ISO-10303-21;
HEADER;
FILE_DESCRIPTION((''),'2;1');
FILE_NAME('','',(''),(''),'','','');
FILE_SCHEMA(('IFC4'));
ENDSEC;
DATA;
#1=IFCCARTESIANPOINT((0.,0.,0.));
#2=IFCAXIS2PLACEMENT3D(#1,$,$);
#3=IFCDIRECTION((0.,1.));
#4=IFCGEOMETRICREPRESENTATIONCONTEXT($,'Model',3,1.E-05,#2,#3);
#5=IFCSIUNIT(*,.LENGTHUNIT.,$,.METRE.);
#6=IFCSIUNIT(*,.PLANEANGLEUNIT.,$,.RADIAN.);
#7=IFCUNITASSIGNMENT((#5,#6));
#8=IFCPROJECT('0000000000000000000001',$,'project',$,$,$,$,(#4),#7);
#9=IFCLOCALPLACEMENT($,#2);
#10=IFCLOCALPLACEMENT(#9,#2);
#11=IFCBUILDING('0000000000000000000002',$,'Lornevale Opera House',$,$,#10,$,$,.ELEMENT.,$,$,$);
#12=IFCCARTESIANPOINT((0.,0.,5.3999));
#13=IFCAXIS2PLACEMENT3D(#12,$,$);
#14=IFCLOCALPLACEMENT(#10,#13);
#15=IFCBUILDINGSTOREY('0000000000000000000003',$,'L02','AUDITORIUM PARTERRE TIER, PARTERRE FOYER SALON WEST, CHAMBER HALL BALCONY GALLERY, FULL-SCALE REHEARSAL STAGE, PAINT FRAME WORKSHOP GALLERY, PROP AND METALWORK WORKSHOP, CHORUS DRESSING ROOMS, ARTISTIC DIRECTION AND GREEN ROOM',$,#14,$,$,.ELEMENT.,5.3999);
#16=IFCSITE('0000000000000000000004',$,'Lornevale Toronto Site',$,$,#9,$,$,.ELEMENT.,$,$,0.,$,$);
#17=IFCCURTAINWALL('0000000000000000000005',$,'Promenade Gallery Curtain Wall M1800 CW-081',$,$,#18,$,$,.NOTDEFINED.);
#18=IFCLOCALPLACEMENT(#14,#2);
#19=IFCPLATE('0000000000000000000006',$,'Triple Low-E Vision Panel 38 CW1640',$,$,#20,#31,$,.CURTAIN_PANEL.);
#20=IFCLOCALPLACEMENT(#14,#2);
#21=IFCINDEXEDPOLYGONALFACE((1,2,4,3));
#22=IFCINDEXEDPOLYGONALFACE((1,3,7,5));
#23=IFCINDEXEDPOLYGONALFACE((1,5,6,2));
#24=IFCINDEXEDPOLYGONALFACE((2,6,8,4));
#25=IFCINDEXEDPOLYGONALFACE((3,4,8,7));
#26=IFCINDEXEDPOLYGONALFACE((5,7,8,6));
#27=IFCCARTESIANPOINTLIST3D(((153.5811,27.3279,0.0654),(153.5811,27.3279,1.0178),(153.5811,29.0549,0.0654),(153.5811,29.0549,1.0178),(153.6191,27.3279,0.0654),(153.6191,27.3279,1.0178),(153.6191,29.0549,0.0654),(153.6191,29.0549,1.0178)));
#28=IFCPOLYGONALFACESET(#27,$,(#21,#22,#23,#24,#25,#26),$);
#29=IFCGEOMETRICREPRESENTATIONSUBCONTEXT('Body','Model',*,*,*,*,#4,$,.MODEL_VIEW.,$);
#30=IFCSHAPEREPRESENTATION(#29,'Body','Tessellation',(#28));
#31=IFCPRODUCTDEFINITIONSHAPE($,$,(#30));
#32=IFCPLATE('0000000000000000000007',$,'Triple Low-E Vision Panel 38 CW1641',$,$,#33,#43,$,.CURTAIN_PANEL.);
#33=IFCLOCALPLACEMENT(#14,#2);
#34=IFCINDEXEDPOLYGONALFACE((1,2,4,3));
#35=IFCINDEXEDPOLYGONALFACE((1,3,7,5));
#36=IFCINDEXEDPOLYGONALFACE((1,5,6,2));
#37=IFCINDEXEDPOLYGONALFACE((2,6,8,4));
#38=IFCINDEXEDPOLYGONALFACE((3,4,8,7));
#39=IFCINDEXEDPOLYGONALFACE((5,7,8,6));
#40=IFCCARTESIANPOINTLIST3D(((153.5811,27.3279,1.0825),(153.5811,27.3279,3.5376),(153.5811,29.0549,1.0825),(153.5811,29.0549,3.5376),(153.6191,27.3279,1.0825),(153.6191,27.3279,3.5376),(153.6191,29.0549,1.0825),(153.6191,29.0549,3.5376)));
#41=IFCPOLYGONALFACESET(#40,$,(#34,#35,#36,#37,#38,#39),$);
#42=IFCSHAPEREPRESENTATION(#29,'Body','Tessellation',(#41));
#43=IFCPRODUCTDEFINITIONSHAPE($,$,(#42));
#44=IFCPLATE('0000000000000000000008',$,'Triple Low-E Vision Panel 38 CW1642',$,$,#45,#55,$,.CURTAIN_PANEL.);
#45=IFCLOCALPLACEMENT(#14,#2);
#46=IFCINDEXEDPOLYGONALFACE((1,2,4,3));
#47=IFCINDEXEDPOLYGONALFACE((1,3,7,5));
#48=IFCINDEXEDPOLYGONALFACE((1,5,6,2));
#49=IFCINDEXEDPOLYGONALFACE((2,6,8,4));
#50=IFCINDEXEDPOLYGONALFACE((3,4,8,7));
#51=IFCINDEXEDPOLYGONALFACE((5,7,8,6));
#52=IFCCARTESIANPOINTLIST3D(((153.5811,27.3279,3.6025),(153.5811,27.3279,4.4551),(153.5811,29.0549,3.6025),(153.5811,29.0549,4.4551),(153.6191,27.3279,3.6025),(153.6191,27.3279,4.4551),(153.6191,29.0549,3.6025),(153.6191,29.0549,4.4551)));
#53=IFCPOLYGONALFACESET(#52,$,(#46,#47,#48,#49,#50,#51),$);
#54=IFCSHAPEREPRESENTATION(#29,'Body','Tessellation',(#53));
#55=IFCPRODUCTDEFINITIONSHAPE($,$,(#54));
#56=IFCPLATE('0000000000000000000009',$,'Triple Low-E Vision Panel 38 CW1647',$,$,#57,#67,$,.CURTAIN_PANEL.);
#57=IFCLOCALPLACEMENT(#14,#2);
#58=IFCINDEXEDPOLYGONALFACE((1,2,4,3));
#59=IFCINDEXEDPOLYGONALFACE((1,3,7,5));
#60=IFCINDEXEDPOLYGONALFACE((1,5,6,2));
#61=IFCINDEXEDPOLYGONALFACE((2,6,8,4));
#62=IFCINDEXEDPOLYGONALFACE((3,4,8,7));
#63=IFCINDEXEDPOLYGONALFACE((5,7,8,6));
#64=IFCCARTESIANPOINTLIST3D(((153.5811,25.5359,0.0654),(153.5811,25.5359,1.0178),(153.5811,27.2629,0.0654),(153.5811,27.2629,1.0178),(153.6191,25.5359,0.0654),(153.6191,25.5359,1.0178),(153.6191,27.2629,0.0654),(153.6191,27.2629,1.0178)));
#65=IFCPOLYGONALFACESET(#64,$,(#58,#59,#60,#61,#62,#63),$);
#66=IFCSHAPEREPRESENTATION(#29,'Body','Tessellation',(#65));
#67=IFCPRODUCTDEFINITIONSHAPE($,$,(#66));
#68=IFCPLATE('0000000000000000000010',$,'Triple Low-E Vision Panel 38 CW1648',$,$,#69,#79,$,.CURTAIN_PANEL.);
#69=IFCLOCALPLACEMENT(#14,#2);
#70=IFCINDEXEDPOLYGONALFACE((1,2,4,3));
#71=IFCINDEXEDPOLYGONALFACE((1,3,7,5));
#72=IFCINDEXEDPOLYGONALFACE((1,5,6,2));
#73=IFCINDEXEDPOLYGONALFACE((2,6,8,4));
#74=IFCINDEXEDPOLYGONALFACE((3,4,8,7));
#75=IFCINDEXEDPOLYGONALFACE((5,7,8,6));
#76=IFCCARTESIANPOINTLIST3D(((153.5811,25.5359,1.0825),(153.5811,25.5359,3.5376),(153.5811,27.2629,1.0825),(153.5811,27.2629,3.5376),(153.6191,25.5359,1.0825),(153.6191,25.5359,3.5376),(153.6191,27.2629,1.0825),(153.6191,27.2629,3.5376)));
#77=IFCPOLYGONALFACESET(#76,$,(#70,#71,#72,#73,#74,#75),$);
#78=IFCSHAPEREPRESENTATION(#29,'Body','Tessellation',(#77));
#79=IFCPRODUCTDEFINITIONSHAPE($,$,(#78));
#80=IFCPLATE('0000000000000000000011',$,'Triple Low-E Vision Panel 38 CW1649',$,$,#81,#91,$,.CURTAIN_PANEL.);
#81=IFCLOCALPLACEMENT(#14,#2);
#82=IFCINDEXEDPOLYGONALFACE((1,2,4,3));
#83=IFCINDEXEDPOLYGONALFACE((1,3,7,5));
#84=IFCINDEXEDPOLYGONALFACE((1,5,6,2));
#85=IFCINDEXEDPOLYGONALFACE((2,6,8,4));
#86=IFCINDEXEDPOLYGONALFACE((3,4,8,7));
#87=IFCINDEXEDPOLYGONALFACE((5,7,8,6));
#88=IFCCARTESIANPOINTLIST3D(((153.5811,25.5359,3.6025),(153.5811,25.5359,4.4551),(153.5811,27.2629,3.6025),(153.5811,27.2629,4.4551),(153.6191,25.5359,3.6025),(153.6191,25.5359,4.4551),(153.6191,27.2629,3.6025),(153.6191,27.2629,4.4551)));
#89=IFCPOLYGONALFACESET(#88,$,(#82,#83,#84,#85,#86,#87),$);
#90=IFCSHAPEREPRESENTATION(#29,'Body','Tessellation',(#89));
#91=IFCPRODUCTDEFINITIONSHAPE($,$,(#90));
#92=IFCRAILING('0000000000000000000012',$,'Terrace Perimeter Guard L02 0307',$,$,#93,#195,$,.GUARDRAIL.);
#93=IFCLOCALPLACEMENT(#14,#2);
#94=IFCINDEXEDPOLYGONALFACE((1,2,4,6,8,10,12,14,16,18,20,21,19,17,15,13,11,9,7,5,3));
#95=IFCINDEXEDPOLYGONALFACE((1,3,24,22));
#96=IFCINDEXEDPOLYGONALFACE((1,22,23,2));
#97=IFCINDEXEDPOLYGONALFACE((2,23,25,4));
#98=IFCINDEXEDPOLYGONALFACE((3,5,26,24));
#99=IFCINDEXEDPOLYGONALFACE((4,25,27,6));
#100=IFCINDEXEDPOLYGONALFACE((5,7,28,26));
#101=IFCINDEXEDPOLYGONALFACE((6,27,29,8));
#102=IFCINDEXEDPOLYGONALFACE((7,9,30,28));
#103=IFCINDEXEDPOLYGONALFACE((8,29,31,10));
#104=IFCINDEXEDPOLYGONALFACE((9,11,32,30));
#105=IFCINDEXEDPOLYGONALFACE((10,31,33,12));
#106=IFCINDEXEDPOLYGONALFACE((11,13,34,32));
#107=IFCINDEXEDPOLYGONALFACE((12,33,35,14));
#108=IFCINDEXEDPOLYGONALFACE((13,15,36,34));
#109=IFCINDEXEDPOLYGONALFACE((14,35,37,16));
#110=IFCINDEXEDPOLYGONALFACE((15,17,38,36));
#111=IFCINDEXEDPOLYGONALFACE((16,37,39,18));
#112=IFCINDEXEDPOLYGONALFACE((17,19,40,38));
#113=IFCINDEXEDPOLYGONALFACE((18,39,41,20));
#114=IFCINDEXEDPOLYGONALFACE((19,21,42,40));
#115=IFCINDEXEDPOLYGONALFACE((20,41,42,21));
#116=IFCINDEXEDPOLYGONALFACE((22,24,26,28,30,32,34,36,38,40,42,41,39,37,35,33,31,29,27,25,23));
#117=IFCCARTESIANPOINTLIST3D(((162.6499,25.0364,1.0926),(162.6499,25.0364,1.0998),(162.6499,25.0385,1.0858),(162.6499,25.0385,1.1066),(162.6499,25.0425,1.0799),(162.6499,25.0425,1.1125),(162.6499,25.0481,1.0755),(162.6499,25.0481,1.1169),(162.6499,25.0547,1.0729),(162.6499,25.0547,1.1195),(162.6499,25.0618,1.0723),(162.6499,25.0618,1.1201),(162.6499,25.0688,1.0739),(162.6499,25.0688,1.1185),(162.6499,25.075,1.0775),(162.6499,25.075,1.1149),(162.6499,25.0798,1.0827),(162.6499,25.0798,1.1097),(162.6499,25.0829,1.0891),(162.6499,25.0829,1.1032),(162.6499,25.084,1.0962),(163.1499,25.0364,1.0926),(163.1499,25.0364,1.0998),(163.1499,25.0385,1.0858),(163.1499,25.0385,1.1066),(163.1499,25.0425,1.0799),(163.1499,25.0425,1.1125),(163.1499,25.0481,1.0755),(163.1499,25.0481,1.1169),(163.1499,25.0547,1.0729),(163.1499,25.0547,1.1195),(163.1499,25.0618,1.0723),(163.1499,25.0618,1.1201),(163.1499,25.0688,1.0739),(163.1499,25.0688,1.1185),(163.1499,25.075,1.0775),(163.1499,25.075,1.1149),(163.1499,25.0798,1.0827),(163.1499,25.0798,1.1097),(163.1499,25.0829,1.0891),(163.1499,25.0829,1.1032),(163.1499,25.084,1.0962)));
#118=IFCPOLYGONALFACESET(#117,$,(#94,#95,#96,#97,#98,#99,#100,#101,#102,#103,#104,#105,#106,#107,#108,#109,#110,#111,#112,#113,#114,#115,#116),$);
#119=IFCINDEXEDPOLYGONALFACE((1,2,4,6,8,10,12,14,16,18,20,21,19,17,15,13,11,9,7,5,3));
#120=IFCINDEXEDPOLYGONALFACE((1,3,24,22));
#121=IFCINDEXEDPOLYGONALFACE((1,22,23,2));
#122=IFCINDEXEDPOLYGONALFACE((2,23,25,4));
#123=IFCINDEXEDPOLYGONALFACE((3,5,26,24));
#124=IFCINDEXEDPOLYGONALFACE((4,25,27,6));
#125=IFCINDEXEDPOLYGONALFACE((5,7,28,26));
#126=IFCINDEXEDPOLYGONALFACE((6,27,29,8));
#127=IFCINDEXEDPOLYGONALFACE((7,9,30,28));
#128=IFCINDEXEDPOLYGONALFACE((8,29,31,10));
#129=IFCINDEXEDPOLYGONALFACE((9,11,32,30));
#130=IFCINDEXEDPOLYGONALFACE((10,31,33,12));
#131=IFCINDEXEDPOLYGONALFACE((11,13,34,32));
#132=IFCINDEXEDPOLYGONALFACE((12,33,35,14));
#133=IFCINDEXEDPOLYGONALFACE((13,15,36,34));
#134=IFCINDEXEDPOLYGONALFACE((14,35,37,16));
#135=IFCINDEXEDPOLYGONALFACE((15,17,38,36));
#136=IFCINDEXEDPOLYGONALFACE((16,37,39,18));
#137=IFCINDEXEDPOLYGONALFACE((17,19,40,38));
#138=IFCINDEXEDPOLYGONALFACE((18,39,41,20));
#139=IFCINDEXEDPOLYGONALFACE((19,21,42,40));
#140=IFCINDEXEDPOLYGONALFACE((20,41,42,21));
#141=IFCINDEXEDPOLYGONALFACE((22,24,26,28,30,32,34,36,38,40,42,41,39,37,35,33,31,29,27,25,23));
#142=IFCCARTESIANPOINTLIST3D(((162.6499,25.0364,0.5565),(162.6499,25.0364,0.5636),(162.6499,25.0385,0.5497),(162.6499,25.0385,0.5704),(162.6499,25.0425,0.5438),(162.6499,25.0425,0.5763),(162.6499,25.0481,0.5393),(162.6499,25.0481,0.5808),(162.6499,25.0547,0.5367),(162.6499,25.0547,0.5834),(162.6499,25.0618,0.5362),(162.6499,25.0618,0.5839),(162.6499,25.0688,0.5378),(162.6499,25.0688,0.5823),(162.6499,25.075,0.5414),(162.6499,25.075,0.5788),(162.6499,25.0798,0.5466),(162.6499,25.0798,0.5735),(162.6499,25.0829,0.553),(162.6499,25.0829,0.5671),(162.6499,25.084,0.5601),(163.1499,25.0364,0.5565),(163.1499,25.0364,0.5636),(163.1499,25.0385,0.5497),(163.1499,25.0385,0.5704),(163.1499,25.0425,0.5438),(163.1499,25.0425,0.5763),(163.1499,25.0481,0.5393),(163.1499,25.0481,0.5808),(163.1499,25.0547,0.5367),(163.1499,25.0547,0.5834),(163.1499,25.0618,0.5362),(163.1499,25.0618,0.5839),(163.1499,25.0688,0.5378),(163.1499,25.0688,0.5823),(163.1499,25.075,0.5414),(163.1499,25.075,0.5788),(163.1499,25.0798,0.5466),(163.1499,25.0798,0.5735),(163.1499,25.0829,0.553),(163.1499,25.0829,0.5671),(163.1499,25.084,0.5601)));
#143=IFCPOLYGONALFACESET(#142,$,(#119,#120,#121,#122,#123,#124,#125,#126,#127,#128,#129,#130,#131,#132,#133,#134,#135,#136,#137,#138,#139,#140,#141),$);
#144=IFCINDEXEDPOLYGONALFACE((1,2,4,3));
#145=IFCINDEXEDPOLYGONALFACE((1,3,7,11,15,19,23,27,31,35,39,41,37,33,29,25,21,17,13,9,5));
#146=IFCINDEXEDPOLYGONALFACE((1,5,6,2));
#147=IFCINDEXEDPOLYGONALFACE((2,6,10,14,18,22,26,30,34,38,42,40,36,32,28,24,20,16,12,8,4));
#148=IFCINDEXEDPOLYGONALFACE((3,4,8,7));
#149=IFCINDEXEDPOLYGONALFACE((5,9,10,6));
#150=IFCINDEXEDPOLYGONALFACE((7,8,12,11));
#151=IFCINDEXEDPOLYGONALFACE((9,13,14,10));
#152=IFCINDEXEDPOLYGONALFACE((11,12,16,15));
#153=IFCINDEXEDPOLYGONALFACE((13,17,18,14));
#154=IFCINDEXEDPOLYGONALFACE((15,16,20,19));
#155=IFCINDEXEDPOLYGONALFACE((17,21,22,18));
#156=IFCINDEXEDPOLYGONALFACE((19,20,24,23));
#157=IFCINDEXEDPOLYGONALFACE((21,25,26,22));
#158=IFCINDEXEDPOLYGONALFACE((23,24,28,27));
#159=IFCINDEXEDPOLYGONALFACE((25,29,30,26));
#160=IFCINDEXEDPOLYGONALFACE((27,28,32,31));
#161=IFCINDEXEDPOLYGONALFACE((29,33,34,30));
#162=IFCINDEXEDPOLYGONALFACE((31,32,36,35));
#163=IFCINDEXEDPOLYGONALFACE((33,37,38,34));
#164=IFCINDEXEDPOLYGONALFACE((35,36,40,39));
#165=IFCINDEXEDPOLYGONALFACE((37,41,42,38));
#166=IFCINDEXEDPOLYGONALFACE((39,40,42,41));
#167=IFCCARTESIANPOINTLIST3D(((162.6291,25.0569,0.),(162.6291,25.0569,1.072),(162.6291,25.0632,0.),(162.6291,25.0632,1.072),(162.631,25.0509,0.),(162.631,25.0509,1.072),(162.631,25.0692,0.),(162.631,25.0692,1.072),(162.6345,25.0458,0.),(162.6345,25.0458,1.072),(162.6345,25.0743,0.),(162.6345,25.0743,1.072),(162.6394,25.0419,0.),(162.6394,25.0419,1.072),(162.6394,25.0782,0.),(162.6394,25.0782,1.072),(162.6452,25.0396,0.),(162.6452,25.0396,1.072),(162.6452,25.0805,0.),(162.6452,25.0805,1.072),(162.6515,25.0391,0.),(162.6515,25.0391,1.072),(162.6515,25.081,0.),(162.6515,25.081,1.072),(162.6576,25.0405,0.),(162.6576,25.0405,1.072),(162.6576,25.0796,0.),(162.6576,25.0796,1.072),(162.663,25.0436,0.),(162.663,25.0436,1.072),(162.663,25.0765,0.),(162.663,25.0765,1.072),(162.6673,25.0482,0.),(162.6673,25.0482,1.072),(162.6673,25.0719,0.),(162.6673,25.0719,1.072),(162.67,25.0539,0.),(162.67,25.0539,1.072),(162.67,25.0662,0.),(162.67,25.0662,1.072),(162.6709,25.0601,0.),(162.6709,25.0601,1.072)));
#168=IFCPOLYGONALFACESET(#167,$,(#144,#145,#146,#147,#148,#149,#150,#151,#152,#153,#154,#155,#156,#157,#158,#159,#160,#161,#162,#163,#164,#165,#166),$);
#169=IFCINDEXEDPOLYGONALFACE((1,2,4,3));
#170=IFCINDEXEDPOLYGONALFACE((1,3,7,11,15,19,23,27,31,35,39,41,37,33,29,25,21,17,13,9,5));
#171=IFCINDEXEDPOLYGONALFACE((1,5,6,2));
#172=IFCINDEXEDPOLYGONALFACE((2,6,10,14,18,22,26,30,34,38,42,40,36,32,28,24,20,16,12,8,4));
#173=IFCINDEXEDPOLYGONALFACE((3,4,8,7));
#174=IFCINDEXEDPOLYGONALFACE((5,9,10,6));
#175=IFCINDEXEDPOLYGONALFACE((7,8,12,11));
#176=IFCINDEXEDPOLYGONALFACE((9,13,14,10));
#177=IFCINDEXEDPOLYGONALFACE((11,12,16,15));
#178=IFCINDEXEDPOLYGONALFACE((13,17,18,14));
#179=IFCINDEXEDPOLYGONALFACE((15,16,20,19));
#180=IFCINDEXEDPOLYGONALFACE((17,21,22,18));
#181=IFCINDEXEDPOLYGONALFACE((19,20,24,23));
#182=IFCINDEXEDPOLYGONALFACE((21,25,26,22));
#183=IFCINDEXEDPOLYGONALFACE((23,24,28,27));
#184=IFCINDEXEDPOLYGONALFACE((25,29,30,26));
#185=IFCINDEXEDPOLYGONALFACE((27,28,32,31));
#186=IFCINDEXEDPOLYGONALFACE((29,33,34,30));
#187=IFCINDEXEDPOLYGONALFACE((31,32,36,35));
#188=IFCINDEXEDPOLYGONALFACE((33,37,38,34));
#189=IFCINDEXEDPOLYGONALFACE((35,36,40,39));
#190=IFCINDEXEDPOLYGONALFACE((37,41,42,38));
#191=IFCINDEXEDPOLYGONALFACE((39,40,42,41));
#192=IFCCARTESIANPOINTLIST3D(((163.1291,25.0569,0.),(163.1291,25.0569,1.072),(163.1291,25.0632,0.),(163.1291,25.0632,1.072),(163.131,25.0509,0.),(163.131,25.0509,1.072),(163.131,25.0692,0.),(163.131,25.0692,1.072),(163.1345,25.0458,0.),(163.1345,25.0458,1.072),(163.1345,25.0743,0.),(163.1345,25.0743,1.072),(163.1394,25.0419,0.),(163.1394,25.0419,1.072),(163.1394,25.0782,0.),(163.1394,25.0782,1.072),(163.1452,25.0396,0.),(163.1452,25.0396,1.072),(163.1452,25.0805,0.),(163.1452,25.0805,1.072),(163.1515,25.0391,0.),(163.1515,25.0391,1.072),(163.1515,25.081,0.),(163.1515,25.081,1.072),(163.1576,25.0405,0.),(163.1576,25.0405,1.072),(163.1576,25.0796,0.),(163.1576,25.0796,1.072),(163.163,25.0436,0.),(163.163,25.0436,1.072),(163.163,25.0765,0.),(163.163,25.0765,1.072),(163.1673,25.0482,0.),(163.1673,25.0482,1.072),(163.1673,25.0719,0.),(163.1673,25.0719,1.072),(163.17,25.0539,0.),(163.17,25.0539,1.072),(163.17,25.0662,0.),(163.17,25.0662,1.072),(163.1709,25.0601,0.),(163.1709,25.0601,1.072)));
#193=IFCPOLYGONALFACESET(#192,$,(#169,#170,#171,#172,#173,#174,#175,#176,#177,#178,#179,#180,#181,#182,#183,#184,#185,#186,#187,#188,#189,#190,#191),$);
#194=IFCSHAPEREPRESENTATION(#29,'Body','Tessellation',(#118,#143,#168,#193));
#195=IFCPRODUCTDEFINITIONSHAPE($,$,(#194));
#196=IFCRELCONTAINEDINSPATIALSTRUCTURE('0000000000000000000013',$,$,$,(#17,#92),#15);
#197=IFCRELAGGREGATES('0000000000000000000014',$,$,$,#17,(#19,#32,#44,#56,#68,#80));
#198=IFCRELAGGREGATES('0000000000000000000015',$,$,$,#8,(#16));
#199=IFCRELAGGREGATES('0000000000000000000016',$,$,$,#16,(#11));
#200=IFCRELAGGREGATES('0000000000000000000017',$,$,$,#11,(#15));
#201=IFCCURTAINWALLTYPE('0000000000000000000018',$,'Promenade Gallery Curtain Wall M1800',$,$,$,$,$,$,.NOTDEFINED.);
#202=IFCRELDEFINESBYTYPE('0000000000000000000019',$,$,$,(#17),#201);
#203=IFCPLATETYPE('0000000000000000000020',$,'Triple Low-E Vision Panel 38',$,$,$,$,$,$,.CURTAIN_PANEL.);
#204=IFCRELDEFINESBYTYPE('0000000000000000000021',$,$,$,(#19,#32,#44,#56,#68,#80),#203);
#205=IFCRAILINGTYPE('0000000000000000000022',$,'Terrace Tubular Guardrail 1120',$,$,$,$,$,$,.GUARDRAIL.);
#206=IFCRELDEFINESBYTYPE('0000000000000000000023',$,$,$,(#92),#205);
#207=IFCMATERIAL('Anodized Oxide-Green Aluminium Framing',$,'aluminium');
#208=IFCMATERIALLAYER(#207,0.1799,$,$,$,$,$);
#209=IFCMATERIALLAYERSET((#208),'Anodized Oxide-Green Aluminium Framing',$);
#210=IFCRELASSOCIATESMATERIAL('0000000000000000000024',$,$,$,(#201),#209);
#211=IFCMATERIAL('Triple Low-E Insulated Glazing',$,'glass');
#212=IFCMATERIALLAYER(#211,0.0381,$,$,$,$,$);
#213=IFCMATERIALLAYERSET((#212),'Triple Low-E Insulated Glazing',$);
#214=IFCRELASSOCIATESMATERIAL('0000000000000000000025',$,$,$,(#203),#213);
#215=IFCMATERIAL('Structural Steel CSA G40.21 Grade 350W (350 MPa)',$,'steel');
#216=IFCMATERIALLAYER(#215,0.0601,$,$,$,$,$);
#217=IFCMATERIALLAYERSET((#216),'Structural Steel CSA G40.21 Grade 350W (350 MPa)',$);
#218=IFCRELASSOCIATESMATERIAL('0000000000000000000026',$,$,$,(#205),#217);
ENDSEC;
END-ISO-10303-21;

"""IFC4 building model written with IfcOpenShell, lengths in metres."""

from ifc_helpers import new_model, si_unit, direction, frame, origin, origin_2d, place, context, subcontext, project, spatial, rectangle, circle, extrude, material, layer, layer_set, type_object, element, aggregate, save


model = new_model("IFC4")

# Units and contexts
model_context = context("Model", 3, precision=1e-05, world=origin(), true_north=direction((0.0, 1.0)))
body_context = subcontext(model_context, "Body", "Model", "MODEL_VIEW")
ifc_project = project(units=[si_unit("LENGTHUNIT", "METRE"), si_unit("PLANEANGLEUNIT", "RADIAN")], contexts=[model_context])

# Site, building, storey
site_placement = place(None, origin())
site = spatial("IfcSite", under=ifc_project, at=site_placement, Name="Lornevale Toronto Site", CompositionType="ELEMENT", RefElevation=0.0)
building_placement = place(site_placement, origin())
building = spatial("IfcBuilding", under=site, at=building_placement, Name="Lornevale Opera House", CompositionType="ELEMENT")
storey_placement = place(building_placement, frame((0.0, 0.0, 5.3999)))
storey = spatial("IfcBuildingStorey", under=building, at=storey_placement, Name="L02", Description="AUDITORIUM PARTERRE TIER, PARTERRE FOYER SALON WEST, CHAMBER HALL BALCONY GALLERY, FULL-SCALE REHEARSAL STAGE, PAINT FRAME WORKSHOP GALLERY, PROP AND METALWORK WORKSHOP, CHORUS DRESSING ROOMS, ARTISTIC DIRECTION AND GREEN ROOM", CompositionType="ELEMENT", Elevation=5.3999)

# Curtain wall
ifc_material_1 = material(Name="Anodized Oxide-Green Aluminium Framing", Category="aluminium")
ifc_layer_1 = layer(ifc_material_1, 0.1799)
ifc_layer_set_1 = layer_set([ifc_layer_1], Name="Anodized Oxide-Green Aluminium Framing")
curtain_wall_type = type_object("IfcCurtainWallType", Name="Promenade Gallery Curtain Wall M1800", PredefinedType="NOTDEFINED", material=ifc_layer_set_1)
curtain_wall_placement = place(storey_placement, origin())
curtain_wall = element("IfcCurtainWall", 1, at=curtain_wall_placement, inside=storey, type_object=curtain_wall_type, Name="Promenade Gallery Curtain Wall M1800 CW-081", PredefinedType="NOTDEFINED")

# Shared definitions
ifc_material_2 = material(Name="Structural Steel CSA G40.21 Grade 350W (350 MPa)", Category="steel")

# Plates
ifc_material_3 = material(Name="Triple Low-E Insulated Glazing", Category="glass")
ifc_layer_2 = layer(ifc_material_3, 0.0381)
ifc_layer_set_2 = layer_set([ifc_layer_2], Name="Triple Low-E Insulated Glazing")
plate_type = type_object("IfcPlateType", Name="Triple Low-E Vision Panel 38", PredefinedType="CURTAIN_PANEL", material=ifc_layer_set_2)
plate_1_placement = place(storey_placement, frame((153.6001, 28.1914, 0.0654), z_axis=(0.0, 0.0, 1.0), x_axis=(0.0, -1.0, 0.0)))
plate_1 = element("IfcPlate", 2, at=plate_1_placement, type_object=plate_type, Name="Triple Low-E Vision Panel 38 CW1640", PredefinedType="CURTAIN_PANEL", context=body_context, shape_type="SweptSolid", body=[
    extrude(rectangle(XDim=1.7271, YDim=0.0381, at=origin_2d()), origin(), (0.0, 0.0, 1.0), 0.9524),
])
plate_2_placement = place(storey_placement, frame((153.6001, 28.1914, 1.0825), z_axis=(0.0, 0.0, 1.0), x_axis=(0.0, -1.0, 0.0)))
plate_2 = element("IfcPlate", 3, at=plate_2_placement, type_object=plate_type, Name="Triple Low-E Vision Panel 38 CW1641", PredefinedType="CURTAIN_PANEL", context=body_context, shape_type="SweptSolid", body=[
    extrude(rectangle(XDim=1.7271, YDim=0.0381, at=origin_2d()), origin(), (0.0, 0.0, 1.0), 2.4551),
])
plate_3_placement = place(storey_placement, frame((153.6001, 28.1914, 3.6025), z_axis=(0.0, 0.0, 1.0), x_axis=(0.0, -1.0, 0.0)))
plate_3 = element("IfcPlate", 4, at=plate_3_placement, type_object=plate_type, Name="Triple Low-E Vision Panel 38 CW1642", PredefinedType="CURTAIN_PANEL", context=body_context, shape_type="SweptSolid", body=[
    extrude(rectangle(XDim=1.7271, YDim=0.0381, at=origin_2d()), origin(), (0.0, 0.0, 1.0), 0.8525),
])
plate_4_placement = place(storey_placement, frame((153.6001, 26.3994, 0.0654), z_axis=(0.0, 0.0, 1.0), x_axis=(0.0, -1.0, 0.0)))
plate_4 = element("IfcPlate", 5, at=plate_4_placement, type_object=plate_type, Name="Triple Low-E Vision Panel 38 CW1647", PredefinedType="CURTAIN_PANEL", context=body_context, shape_type="SweptSolid", body=[
    extrude(rectangle(XDim=1.7271, YDim=0.0381, at=origin_2d()), origin(), (0.0, 0.0, 1.0), 0.9524),
])
plate_5_placement = place(storey_placement, frame((153.6001, 26.3994, 1.0825), z_axis=(0.0, 0.0, 1.0), x_axis=(0.0, -1.0, 0.0)))
plate_5 = element("IfcPlate", 6, at=plate_5_placement, type_object=plate_type, Name="Triple Low-E Vision Panel 38 CW1648", PredefinedType="CURTAIN_PANEL", context=body_context, shape_type="SweptSolid", body=[
    extrude(rectangle(XDim=1.7271, YDim=0.0381, at=origin_2d()), origin(), (0.0, 0.0, 1.0), 2.4551),
])
plate_6_placement = place(storey_placement, frame((153.6001, 26.3994, 3.6025), z_axis=(0.0, 0.0, 1.0), x_axis=(0.0, -1.0, 0.0)))
plate_6 = element("IfcPlate", 7, at=plate_6_placement, type_object=plate_type, Name="Triple Low-E Vision Panel 38 CW1649", PredefinedType="CURTAIN_PANEL", context=body_context, shape_type="SweptSolid", body=[
    extrude(rectangle(XDim=1.7271, YDim=0.0381, at=origin_2d()), origin(), (0.0, 0.0, 1.0), 0.8525),
])
aggregate(curtain_wall, [plate_1, plate_2, plate_3, plate_4, plate_5, plate_6])

# Railing
ifc_layer_3 = layer(ifc_material_2, 0.0601)
ifc_layer_set_3 = layer_set([ifc_layer_3], Name="Structural Steel CSA G40.21 Grade 350W (350 MPa)")
railing_type = type_object("IfcRailingType", Name="Terrace Tubular Guardrail 1120", PredefinedType="GUARDRAIL", material=ifc_layer_set_3)
railing_1_placement = place(storey_placement, frame((162.6499, 25.0601, 0.0)))
element("IfcRailing", 8, at=railing_1_placement, inside=storey, type_object=railing_type, Name="Terrace Perimeter Guard L02 0307", PredefinedType="GUARDRAIL", context=body_context, shape_type="SweptSolid", body=[
    extrude(circle(Radius=0.0239, at=origin_2d()), frame((0.0, 0.0, 1.0962), z_axis=(1.0, 0.0, 0.0), x_axis=(0.0, 1.0, 0.0)), (0.0, 0.0, 1.0), 0.5),
    extrude(circle(Radius=0.0239, at=origin_2d()), frame((0.0, 0.0, 0.5601), z_axis=(1.0, 0.0, 0.0), x_axis=(0.0, 1.0, 0.0)), (0.0, 0.0, 1.0), 0.5),
    extrude(circle(Radius=0.021, at=origin_2d()), origin(), (0.0, 0.0, 1.0), 1.072),
    extrude(circle(Radius=0.021, at=origin_2d()), frame((0.5, 0.0, 0.0)), (0.0, 0.0, 1.0), 1.072),
])

save(model, "model.ifc")
